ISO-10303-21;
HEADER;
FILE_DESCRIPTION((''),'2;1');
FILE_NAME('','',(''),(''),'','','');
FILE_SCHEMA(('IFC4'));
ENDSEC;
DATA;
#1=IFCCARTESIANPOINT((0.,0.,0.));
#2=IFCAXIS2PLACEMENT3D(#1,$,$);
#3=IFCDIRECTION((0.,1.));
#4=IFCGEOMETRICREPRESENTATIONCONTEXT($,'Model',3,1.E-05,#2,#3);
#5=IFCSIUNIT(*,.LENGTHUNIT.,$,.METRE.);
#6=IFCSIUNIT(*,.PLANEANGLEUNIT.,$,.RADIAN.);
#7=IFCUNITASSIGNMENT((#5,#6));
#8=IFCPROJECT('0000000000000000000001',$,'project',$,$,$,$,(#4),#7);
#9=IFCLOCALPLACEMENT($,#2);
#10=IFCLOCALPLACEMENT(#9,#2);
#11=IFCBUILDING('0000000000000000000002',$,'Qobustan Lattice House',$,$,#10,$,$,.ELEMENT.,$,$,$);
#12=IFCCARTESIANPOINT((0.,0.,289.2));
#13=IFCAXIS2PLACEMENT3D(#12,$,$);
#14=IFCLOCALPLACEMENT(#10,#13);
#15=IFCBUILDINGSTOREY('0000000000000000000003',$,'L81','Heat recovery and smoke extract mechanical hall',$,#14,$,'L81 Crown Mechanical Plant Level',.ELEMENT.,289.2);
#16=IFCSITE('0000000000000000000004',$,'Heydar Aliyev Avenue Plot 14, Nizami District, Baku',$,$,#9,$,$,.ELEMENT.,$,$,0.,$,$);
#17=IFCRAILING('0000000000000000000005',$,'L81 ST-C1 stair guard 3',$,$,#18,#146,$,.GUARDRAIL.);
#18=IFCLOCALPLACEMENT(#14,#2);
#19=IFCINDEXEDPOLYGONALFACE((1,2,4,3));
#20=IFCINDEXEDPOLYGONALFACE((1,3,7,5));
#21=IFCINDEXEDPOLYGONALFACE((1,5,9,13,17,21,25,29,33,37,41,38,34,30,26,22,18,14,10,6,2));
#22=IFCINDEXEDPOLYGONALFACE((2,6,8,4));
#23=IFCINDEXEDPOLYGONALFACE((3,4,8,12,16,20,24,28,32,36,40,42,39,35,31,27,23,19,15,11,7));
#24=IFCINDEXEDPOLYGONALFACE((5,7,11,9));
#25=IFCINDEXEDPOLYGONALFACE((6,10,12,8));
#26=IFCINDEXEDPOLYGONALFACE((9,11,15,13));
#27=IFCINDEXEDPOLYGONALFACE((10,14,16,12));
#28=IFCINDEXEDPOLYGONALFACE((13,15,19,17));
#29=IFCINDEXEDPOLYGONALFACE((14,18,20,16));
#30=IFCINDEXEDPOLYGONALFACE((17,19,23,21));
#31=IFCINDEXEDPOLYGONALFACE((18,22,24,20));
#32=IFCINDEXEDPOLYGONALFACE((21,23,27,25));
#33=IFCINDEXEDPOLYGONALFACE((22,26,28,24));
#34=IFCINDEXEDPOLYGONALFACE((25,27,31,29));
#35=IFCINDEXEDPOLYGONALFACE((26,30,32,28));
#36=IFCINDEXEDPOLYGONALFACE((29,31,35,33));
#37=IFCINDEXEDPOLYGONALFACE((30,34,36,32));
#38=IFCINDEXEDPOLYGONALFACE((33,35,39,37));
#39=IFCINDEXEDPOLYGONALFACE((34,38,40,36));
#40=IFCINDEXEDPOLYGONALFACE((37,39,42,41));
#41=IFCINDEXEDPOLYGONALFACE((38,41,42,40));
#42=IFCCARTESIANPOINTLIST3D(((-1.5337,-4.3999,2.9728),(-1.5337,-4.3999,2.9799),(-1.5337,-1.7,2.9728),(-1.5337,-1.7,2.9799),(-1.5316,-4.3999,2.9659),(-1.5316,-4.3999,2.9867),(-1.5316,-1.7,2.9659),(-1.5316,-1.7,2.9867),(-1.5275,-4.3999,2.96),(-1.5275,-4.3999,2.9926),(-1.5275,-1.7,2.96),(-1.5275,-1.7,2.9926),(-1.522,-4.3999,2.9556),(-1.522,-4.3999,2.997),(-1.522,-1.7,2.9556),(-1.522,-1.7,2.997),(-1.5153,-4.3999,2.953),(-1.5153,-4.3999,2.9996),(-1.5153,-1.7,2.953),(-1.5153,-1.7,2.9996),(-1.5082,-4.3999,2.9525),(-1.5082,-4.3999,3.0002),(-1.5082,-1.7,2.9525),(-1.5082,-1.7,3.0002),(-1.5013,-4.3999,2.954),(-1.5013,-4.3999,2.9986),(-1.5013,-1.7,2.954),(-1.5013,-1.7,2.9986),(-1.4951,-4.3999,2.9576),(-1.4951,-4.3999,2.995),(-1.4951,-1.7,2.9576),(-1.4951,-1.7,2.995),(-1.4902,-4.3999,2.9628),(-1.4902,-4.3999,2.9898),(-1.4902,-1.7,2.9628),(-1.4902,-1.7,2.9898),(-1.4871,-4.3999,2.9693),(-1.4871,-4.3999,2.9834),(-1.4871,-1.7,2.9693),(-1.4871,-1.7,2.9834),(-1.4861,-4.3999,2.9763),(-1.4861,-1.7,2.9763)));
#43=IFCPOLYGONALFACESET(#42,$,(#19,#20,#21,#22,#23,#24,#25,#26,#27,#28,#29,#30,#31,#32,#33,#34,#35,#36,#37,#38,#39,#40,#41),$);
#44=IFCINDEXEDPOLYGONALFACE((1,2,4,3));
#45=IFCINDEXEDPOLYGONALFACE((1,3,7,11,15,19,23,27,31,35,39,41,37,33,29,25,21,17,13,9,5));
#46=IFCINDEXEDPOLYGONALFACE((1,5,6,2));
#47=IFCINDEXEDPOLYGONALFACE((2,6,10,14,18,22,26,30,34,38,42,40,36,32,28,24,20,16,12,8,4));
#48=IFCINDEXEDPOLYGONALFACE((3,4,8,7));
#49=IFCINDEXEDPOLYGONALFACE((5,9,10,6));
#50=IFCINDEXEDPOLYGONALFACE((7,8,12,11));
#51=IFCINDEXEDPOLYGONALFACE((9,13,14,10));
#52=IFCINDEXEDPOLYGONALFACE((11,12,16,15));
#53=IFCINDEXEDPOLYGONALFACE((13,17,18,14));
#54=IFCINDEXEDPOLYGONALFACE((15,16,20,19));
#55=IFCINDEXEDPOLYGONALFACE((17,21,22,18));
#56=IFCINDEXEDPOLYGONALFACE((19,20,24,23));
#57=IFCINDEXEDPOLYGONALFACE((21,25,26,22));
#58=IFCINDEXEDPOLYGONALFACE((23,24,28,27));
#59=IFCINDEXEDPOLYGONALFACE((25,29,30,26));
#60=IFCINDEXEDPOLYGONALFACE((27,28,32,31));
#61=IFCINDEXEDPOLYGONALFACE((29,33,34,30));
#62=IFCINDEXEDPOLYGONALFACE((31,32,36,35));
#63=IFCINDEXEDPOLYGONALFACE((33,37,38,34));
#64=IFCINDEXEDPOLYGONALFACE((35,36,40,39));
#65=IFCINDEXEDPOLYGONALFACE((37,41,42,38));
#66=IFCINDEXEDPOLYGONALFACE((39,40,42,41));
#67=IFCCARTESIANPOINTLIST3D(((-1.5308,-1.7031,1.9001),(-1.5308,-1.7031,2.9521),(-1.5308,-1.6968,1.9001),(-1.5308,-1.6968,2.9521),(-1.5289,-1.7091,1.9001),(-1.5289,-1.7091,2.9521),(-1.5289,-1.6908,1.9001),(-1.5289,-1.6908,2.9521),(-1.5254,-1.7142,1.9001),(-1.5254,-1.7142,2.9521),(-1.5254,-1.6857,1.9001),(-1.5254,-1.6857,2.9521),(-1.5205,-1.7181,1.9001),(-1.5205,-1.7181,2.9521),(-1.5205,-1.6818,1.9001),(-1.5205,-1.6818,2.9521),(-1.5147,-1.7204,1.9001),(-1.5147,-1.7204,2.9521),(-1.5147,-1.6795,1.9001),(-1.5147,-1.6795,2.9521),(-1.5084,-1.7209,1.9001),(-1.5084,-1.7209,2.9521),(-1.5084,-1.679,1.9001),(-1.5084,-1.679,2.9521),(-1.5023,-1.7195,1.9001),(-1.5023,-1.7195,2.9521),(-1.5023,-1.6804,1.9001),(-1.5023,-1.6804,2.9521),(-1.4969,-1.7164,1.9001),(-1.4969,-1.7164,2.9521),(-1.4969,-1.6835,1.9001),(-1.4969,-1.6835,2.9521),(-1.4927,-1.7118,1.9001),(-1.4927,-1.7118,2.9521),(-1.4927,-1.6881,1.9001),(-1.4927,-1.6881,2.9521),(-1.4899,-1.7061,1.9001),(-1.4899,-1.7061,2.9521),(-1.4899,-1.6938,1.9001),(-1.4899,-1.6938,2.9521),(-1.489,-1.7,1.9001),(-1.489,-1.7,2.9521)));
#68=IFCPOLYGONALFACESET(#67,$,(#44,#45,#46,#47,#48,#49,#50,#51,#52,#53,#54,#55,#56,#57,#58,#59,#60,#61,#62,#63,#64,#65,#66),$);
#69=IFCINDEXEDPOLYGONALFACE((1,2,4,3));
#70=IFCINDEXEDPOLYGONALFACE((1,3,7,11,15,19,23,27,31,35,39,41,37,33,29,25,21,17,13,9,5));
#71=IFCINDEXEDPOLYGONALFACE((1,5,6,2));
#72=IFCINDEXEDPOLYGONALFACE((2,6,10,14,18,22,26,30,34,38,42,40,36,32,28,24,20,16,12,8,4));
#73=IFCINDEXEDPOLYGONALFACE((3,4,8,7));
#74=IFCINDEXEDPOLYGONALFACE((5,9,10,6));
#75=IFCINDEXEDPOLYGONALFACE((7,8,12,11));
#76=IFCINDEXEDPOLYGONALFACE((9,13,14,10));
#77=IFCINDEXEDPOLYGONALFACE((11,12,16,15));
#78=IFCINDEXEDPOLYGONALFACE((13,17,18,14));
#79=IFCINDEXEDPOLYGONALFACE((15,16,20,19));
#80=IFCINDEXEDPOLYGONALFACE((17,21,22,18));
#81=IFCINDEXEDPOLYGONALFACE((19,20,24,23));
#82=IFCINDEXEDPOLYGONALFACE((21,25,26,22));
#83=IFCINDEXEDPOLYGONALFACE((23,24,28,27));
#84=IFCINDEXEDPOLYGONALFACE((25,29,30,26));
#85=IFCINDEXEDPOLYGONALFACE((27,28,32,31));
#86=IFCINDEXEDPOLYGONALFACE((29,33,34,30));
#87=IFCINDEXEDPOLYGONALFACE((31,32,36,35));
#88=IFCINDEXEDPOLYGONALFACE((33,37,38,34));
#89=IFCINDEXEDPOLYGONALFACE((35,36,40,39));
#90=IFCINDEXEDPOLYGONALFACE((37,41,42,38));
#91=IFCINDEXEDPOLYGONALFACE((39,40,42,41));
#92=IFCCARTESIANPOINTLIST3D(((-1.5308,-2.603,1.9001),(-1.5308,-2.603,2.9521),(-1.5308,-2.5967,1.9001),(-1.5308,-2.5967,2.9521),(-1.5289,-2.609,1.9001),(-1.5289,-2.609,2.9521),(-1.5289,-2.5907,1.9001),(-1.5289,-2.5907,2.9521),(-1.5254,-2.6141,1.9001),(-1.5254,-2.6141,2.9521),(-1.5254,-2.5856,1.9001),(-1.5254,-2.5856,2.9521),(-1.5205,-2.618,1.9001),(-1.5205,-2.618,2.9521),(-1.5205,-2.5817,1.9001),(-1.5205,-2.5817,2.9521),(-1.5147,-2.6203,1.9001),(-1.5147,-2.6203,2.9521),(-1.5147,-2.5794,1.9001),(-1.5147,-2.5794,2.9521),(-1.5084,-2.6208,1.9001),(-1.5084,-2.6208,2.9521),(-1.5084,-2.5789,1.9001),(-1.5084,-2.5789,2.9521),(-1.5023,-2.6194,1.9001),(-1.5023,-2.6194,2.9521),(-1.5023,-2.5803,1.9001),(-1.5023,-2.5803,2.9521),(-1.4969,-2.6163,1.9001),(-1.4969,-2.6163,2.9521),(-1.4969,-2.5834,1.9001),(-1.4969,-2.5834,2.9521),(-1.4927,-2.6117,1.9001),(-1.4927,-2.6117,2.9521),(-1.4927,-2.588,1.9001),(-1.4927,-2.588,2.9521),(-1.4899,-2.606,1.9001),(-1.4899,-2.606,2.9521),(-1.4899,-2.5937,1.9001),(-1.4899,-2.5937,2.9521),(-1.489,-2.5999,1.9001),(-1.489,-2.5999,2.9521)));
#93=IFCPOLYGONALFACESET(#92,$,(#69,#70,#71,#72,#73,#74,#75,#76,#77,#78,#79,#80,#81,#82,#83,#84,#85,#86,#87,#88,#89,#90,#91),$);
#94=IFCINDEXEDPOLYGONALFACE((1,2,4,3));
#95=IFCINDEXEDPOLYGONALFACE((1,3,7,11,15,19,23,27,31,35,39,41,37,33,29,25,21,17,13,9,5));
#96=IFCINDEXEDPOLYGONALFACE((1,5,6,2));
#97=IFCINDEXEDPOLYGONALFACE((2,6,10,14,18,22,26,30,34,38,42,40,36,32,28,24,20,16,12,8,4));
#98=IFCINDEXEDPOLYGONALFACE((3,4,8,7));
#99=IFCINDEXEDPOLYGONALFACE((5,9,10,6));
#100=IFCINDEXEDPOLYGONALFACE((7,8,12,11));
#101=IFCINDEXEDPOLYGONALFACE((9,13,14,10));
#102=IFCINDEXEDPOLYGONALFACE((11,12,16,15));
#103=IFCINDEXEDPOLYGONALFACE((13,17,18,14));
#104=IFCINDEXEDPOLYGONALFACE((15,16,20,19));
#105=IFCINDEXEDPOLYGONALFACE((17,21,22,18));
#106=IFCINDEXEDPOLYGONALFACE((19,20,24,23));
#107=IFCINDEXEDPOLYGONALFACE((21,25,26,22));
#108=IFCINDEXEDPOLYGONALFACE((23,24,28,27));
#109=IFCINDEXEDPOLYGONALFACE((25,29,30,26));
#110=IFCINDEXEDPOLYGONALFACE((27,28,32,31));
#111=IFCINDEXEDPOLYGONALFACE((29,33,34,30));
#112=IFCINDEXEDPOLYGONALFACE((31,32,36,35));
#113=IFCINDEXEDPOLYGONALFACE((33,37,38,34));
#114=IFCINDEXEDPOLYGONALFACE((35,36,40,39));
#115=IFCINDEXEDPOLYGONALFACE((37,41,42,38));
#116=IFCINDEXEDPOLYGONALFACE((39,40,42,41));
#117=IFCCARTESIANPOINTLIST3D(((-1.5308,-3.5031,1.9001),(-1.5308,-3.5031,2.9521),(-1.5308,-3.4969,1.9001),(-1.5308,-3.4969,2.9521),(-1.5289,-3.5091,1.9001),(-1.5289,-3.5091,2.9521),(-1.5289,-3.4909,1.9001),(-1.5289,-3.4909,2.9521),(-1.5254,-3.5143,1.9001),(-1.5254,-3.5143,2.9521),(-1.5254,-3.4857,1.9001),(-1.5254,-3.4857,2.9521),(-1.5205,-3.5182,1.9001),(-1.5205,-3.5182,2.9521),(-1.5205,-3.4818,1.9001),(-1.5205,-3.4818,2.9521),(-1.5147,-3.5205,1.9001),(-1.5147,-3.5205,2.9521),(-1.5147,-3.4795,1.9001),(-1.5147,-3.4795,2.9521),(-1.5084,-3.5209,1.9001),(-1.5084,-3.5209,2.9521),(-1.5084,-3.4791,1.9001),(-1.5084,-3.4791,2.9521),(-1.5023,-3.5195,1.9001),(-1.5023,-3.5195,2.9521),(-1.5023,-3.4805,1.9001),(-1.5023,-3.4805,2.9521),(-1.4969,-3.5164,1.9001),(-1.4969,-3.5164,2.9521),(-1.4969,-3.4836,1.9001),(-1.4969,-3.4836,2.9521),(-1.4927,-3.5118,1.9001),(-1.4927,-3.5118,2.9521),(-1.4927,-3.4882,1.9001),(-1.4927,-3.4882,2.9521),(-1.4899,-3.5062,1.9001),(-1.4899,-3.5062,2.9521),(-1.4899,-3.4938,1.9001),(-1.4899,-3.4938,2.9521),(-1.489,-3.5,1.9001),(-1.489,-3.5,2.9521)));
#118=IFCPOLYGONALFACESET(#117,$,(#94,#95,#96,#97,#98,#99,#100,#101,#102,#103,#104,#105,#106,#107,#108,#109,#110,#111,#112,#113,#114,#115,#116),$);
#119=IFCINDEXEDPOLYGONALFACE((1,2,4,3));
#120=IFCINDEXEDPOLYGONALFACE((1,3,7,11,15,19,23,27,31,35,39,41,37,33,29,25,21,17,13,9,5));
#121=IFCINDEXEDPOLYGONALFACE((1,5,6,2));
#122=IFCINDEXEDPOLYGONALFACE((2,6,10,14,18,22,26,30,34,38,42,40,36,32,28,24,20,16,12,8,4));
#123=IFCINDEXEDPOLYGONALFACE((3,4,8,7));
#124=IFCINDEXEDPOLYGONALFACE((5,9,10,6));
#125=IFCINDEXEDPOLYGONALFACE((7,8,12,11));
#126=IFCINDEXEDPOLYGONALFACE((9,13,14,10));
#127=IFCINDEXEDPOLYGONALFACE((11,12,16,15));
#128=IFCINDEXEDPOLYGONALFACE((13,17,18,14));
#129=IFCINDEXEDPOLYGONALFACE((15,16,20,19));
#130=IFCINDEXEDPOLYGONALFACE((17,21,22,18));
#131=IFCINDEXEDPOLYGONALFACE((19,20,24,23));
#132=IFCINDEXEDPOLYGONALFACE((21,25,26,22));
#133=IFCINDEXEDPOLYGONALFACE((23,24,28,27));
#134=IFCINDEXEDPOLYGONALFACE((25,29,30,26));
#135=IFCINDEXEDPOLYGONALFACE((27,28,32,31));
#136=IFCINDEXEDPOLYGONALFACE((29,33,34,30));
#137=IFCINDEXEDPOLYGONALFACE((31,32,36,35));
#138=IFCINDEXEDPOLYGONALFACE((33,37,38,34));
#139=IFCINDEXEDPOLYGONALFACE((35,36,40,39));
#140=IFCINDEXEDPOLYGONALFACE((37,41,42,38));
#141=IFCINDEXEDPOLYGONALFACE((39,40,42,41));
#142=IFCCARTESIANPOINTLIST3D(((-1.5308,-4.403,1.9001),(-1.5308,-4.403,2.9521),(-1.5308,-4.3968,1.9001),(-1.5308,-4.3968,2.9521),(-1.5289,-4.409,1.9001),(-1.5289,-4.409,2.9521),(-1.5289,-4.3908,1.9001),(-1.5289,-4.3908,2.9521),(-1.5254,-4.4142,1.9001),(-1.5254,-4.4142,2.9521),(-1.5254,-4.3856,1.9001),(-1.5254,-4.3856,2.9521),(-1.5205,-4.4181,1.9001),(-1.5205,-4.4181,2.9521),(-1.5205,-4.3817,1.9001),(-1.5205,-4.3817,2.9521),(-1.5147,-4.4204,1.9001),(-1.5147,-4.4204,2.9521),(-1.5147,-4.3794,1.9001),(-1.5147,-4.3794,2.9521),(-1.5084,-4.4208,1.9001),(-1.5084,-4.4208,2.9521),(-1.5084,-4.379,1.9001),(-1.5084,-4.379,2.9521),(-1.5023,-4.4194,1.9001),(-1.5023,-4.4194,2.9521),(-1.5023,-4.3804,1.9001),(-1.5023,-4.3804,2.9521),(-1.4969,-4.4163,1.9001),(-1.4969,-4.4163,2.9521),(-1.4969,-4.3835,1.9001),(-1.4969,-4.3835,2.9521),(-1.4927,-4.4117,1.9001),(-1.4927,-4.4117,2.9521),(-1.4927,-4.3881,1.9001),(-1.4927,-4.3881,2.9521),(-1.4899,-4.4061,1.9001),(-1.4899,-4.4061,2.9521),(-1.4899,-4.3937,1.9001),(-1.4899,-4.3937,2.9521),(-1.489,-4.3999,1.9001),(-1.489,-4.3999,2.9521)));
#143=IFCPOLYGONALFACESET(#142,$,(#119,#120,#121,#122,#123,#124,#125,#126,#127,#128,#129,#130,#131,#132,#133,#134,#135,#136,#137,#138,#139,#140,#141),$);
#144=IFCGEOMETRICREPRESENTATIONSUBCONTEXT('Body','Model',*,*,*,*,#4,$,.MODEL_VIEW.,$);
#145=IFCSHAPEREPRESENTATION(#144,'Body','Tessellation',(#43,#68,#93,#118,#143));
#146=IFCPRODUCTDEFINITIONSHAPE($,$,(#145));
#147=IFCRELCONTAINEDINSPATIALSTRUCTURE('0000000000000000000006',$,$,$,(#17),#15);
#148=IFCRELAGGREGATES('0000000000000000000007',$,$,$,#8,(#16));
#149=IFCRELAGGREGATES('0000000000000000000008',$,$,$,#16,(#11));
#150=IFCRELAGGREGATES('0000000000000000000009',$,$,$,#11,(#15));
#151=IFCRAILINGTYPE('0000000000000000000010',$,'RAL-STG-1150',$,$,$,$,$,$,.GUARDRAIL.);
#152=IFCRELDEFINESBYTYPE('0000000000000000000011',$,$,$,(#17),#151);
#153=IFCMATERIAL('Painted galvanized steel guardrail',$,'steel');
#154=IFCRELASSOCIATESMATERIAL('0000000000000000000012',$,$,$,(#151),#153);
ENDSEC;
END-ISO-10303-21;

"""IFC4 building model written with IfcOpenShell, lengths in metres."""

from ifc_helpers import new_model, si_unit, direction, frame, origin, origin_2d, place, context, subcontext, project, spatial, circle, extrude, material, type_object, element, save


model = new_model("IFC4")

# Units and contexts
model_context = context("Model", 3, precision=1e-05, world=origin(), true_north=direction((0.0, 1.0)))
body_context = subcontext(model_context, "Body", "Model", "MODEL_VIEW")
ifc_project = project(units=[si_unit("LENGTHUNIT", "METRE"), si_unit("PLANEANGLEUNIT", "RADIAN")], contexts=[model_context])

# Site, building, storey
site_placement = place(None, origin())
site = spatial("IfcSite", under=ifc_project, at=site_placement, Name="Heydar Aliyev Avenue Plot 14, Nizami District, Baku", CompositionType="ELEMENT", RefElevation=0.0)
building_placement = place(site_placement, origin())
building = spatial("IfcBuilding", under=site, at=building_placement, Name="Qobustan Lattice House", CompositionType="ELEMENT")
storey_placement = place(building_placement, frame((0.0, 0.0, 289.2)))
storey = spatial("IfcBuildingStorey", under=building, at=storey_placement, Name="L81", Description="Heat recovery and smoke extract mechanical hall", LongName="L81 Crown Mechanical Plant Level", CompositionType="ELEMENT", Elevation=289.2)

# Railing
ifc_material_1 = material(Name="Painted galvanized steel guardrail", Category="steel")
railing_type = type_object("IfcRailingType", Name="RAL-STG-1150", PredefinedType="GUARDRAIL", material=ifc_material_1)
railing_1_placement = place(storey_placement, frame((-1.51, -1.7, 1.9001)))
element("IfcRailing", 1, at=railing_1_placement, inside=storey, type_object=railing_type, Name="L81 ST-C1 stair guard 3", PredefinedType="GUARDRAIL", context=body_context, shape_type="SweptSolid", body=[
    extrude(circle(Radius=0.0239, at=origin_2d()), frame((0.0, 0.0, 1.0762), z_axis=(0.0, -1.0, 0.0), x_axis=(1.0, 0.0, 0.0)), (0.0, 0.0, 1.0), 2.7),
    extrude(circle(Radius=0.021, at=origin_2d()), origin(), (0.0, 0.0, 1.0), 1.052),
    extrude(circle(Radius=0.021, at=origin_2d()), frame((0.0, -0.8999, 0.0)), (0.0, 0.0, 1.0), 1.052),
    extrude(circle(Radius=0.021, at=origin_2d()), frame((0.0, -1.8, 0.0)), (0.0, 0.0, 1.0), 1.052),
    extrude(circle(Radius=0.021, at=origin_2d()), frame((0.0, -2.7, 0.0)), (0.0, 0.0, 1.0), 1.052),
])

save(model, "model.ifc")
